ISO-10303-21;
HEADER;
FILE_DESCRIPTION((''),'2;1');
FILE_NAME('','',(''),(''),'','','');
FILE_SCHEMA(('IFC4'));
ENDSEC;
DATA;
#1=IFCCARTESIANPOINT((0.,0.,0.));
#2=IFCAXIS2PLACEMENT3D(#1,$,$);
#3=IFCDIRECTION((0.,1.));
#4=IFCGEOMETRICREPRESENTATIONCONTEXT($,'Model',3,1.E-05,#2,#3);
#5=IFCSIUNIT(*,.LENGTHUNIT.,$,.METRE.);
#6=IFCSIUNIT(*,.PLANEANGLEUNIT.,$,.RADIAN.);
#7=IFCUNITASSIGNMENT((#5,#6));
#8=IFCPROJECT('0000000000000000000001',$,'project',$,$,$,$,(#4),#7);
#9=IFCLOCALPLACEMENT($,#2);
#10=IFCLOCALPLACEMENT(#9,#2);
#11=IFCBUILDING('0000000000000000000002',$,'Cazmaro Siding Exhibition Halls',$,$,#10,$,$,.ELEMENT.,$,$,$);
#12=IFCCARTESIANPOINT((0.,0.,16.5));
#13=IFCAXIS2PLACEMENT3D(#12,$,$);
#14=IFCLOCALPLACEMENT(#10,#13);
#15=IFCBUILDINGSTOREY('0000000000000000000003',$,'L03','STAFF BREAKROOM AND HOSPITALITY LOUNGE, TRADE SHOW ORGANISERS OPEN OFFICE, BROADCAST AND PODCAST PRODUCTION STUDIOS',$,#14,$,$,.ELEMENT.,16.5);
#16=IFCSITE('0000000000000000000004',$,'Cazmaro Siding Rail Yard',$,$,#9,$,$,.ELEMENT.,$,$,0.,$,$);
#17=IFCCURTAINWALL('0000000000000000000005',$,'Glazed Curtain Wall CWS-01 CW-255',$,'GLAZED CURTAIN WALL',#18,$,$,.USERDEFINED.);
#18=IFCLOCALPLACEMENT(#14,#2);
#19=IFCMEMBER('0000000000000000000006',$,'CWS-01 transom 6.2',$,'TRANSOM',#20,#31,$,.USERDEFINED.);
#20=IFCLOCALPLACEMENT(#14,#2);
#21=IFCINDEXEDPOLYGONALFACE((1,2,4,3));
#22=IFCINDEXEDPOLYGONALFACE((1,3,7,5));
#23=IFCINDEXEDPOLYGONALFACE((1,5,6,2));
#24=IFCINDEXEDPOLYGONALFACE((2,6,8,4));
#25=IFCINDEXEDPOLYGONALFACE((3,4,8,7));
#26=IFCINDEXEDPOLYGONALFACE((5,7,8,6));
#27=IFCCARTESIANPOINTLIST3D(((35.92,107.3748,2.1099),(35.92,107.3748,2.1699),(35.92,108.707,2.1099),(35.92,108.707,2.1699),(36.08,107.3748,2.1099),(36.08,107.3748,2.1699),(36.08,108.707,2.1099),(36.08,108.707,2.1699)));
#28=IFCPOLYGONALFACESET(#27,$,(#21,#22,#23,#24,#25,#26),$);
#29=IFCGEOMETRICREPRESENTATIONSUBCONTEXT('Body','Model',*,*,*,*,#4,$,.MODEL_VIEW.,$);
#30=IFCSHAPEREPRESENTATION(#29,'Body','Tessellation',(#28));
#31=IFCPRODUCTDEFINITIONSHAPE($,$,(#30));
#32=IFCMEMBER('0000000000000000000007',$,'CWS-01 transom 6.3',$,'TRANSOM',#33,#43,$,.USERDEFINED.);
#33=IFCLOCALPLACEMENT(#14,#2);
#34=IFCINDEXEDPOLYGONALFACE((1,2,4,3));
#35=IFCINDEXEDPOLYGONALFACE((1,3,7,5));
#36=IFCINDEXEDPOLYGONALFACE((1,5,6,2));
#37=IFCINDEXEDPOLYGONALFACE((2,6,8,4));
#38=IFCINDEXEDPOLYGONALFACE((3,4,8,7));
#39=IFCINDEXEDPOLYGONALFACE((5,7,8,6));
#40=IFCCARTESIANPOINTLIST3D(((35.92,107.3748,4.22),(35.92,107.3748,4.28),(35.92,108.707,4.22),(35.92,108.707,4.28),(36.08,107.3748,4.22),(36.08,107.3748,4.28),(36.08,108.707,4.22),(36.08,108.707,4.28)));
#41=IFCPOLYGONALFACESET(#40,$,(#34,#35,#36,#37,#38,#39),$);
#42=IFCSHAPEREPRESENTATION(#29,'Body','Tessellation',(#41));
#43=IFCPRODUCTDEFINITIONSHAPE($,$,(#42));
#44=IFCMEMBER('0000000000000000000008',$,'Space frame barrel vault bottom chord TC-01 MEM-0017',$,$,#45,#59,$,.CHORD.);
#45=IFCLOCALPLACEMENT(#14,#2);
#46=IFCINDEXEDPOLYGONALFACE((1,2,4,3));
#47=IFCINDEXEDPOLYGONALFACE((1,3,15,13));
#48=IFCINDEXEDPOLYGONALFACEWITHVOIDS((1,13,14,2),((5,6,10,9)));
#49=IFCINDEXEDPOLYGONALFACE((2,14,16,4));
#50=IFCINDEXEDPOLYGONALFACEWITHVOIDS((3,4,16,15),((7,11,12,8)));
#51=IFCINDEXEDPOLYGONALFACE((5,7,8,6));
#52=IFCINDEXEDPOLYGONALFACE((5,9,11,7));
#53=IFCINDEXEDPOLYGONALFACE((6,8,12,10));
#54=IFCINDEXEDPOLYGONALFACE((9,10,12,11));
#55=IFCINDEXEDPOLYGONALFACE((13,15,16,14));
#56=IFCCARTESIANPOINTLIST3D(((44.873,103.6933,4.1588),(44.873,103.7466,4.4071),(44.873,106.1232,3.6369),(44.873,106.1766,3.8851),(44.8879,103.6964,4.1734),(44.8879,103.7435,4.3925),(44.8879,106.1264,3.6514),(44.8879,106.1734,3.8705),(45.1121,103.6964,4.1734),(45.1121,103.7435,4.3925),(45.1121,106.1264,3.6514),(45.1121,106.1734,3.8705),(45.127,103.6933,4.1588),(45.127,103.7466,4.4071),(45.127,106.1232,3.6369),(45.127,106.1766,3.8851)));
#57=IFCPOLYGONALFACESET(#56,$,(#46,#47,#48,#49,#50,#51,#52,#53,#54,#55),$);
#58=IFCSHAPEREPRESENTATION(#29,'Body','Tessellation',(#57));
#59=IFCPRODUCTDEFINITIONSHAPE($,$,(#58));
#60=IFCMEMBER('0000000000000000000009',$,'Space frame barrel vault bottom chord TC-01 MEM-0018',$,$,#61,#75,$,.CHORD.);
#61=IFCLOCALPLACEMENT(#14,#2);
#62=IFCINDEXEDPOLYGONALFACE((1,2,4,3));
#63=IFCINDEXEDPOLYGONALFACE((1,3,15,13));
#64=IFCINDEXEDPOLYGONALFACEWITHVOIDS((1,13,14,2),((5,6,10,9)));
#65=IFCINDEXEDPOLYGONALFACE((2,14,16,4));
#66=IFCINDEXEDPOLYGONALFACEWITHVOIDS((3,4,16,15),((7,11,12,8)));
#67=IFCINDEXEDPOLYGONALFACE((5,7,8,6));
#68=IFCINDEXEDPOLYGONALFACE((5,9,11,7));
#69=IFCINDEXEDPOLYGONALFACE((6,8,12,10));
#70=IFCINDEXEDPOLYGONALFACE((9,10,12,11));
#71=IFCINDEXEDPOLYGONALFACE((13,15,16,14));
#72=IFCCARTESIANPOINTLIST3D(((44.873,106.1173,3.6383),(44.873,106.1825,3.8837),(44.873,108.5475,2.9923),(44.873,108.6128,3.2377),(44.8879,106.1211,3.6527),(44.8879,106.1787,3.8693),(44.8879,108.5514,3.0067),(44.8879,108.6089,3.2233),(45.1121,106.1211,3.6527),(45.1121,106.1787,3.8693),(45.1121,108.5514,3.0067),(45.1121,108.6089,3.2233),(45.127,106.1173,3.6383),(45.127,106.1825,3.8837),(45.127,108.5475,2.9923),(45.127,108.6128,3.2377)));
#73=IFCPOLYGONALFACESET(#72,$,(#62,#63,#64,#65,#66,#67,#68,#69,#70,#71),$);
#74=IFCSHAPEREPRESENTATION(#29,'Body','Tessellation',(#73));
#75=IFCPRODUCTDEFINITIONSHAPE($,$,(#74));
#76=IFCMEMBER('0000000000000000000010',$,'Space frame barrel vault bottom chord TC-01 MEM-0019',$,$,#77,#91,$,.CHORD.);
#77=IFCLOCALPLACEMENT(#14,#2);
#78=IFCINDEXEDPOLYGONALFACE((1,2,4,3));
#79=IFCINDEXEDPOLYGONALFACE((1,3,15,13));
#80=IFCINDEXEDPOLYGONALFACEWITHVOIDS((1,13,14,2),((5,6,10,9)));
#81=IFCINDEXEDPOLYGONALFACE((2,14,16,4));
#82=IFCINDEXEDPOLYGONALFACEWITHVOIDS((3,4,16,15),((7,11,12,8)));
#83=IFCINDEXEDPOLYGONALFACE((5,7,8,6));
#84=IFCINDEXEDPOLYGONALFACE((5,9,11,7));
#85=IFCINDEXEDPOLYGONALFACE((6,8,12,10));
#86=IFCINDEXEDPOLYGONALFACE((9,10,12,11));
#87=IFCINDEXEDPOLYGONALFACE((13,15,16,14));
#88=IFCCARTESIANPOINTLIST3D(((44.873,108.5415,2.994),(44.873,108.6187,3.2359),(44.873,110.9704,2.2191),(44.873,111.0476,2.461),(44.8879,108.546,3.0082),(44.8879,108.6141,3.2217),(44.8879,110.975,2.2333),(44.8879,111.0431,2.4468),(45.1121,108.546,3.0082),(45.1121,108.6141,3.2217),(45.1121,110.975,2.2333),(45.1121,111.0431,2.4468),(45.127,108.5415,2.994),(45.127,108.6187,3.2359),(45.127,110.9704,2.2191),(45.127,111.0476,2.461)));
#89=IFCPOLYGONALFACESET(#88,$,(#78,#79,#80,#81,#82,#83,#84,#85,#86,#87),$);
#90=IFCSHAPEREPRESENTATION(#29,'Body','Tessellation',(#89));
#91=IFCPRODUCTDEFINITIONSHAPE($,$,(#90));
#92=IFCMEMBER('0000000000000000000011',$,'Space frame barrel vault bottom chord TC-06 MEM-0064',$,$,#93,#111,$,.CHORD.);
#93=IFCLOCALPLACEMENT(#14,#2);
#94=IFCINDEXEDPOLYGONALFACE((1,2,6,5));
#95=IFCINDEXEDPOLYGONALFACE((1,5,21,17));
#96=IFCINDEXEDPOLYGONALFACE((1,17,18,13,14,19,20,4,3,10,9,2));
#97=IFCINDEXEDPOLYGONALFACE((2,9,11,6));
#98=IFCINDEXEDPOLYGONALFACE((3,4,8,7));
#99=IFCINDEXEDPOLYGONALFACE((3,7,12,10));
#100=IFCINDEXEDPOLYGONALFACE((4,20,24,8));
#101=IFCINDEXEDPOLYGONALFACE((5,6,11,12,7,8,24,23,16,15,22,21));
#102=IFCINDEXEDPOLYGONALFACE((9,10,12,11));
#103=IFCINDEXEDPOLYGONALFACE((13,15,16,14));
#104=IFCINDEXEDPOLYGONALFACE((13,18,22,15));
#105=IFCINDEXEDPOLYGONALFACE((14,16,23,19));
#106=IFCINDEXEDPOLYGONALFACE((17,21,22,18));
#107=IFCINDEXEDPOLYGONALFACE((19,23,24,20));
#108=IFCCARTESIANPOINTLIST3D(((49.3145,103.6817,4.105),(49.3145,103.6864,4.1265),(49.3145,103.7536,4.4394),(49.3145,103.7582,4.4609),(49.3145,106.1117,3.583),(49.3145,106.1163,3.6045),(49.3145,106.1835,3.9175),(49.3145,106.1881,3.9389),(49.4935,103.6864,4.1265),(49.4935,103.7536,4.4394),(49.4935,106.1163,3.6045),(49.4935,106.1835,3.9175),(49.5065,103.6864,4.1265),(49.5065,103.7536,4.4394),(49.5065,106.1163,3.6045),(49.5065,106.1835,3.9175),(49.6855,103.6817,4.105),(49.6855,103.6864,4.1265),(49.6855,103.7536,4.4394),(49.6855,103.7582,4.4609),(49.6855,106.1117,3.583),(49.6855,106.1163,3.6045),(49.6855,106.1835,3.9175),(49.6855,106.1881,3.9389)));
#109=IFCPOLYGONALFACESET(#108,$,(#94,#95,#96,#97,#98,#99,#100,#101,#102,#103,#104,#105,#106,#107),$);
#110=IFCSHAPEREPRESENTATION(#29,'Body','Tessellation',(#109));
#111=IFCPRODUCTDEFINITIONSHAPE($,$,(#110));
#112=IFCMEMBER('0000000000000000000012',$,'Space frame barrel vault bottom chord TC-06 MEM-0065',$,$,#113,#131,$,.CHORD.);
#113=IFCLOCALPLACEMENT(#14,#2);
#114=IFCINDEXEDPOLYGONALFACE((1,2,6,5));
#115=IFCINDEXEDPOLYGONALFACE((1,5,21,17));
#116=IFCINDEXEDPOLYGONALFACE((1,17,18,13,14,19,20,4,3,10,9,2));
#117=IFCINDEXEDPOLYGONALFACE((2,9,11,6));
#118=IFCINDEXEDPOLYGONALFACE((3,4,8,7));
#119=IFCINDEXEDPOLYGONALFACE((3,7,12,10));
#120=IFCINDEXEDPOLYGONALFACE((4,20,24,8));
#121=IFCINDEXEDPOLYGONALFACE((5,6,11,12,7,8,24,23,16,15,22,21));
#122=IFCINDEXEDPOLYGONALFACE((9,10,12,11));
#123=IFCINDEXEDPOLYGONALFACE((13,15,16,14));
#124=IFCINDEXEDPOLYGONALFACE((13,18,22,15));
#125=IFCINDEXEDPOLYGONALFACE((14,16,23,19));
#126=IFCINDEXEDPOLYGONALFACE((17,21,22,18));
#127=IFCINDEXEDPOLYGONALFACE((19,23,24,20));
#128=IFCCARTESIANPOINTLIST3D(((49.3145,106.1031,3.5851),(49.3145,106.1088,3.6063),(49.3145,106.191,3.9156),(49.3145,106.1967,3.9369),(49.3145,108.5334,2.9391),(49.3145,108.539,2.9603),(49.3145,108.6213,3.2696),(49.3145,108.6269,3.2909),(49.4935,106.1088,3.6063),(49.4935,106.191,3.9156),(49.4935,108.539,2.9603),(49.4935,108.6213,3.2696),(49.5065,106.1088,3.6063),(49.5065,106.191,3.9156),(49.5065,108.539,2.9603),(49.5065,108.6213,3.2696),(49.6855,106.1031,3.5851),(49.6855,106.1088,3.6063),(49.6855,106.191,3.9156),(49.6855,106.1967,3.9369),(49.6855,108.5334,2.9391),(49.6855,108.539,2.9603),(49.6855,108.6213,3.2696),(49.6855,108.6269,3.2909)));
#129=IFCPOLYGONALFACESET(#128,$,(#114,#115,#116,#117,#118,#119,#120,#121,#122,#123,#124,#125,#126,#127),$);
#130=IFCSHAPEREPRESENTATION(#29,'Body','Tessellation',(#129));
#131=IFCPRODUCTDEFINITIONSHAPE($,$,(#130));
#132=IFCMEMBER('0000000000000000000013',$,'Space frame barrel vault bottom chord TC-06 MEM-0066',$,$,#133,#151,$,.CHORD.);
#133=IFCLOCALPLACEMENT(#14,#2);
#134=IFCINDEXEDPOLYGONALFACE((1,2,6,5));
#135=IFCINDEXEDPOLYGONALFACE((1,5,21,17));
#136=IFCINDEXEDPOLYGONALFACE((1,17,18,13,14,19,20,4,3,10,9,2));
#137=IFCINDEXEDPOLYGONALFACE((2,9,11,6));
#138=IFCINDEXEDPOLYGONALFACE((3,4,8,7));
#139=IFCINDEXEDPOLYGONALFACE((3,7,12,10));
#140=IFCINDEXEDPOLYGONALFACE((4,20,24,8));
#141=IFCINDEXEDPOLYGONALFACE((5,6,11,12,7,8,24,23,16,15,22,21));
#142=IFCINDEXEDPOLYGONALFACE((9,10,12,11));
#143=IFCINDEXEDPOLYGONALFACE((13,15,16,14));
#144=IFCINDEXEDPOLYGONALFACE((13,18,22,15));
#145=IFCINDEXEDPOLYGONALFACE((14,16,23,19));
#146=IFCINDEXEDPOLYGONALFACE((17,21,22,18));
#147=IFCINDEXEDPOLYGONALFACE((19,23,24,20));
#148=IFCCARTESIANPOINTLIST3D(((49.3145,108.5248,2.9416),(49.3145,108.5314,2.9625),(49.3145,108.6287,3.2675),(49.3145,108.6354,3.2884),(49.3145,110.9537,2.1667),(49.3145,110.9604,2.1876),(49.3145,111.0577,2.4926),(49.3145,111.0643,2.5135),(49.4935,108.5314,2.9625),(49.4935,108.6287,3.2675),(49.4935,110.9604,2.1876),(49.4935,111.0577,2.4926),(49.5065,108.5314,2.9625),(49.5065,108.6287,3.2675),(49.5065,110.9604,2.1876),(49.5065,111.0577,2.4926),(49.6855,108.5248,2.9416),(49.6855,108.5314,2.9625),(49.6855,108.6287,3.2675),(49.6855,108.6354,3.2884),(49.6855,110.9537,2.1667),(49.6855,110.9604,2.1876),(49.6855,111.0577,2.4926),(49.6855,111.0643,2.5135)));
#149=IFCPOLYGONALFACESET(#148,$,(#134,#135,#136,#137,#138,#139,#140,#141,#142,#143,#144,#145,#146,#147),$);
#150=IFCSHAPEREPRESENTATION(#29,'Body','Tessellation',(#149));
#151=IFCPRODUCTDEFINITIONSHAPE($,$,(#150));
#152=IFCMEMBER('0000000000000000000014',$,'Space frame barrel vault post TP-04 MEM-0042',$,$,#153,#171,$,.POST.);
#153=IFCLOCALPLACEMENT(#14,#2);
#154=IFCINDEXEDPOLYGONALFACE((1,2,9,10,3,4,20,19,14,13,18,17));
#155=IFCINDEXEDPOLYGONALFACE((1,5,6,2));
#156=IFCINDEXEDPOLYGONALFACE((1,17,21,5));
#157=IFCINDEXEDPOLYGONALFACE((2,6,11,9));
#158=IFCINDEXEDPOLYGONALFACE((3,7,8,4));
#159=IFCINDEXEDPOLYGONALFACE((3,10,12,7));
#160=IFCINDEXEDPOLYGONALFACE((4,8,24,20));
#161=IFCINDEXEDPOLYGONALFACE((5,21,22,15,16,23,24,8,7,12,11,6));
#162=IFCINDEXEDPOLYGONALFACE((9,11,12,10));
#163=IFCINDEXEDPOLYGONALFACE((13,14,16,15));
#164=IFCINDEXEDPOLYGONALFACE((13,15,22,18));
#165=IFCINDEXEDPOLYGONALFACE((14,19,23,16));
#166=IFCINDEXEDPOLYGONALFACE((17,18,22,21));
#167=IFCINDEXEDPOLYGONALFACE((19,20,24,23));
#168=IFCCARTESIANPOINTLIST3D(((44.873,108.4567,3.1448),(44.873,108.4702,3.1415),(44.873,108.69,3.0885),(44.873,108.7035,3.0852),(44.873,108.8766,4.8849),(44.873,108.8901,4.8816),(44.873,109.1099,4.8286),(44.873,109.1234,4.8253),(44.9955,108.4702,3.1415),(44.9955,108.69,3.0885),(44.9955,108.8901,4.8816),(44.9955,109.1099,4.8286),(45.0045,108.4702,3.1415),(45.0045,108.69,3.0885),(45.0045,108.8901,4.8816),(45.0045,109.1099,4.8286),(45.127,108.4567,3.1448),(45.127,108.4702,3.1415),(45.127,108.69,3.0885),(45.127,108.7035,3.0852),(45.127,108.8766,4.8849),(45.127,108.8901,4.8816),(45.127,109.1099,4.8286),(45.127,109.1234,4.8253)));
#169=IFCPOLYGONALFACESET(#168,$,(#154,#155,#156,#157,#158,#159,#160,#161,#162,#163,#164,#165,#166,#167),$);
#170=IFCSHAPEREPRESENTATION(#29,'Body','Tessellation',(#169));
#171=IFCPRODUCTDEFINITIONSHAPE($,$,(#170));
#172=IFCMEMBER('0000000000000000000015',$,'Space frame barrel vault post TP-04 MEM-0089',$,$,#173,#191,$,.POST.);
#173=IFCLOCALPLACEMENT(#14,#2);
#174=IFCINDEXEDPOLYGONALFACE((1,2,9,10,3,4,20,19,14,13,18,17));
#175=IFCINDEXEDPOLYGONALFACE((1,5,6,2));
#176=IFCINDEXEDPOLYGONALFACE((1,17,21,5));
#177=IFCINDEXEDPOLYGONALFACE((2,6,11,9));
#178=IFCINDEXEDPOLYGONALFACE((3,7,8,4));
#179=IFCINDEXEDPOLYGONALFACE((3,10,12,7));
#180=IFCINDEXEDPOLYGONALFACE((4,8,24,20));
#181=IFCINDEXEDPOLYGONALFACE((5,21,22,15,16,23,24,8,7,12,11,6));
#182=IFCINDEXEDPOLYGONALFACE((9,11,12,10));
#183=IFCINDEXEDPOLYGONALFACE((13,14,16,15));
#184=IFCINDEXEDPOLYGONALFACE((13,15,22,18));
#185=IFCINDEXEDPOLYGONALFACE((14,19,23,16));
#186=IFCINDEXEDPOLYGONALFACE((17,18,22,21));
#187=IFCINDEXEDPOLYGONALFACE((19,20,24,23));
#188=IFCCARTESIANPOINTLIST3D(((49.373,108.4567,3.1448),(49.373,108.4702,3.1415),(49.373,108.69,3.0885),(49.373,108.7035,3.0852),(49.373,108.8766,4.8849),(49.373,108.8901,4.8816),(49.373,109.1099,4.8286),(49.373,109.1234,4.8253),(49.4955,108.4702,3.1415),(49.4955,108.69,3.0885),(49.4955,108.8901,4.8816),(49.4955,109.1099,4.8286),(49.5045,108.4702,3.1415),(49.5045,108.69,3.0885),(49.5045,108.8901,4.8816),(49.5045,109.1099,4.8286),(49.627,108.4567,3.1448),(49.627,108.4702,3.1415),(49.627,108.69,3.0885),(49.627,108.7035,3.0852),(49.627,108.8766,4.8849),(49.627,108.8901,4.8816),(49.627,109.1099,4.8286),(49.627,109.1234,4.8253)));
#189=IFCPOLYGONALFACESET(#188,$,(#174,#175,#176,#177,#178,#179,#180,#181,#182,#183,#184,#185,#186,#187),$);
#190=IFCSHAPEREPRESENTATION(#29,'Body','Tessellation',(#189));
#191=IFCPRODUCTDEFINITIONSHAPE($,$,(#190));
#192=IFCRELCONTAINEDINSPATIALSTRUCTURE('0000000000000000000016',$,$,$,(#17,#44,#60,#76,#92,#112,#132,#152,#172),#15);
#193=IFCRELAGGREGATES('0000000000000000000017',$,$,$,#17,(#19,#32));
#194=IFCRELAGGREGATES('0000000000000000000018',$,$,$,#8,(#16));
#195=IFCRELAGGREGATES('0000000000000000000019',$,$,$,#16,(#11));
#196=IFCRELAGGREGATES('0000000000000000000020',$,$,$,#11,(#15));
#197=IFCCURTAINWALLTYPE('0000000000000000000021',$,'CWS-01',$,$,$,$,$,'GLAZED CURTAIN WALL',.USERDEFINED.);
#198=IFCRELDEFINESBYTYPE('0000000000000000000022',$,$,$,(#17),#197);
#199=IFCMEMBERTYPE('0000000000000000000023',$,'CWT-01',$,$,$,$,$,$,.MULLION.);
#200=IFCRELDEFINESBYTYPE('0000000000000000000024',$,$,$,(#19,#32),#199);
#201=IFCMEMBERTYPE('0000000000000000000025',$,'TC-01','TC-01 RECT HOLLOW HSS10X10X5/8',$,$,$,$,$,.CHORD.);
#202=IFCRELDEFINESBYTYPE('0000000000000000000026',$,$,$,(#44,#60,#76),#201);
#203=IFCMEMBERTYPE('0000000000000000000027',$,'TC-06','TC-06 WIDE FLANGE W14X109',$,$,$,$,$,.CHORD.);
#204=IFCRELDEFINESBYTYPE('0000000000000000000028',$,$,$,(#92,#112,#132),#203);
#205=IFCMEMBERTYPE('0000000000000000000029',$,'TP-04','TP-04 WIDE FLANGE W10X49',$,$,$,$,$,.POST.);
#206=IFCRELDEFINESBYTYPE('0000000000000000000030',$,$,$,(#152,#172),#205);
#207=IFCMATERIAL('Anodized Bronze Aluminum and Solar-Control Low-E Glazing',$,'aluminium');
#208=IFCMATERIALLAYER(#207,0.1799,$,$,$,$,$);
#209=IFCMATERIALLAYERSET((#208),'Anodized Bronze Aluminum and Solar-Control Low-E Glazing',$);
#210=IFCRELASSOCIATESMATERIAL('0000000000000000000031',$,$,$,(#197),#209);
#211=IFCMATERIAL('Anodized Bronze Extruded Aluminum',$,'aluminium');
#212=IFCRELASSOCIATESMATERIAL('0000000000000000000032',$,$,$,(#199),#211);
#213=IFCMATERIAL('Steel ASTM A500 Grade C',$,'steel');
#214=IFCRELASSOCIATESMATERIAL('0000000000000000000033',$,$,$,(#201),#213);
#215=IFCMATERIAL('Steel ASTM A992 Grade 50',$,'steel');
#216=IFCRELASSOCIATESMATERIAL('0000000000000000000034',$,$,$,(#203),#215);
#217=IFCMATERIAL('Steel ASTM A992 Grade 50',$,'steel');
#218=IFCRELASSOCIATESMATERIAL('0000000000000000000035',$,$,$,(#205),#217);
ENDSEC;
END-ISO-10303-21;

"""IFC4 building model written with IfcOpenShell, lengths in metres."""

from ifc_helpers import new_model, si_unit, direction, frame, origin, origin_2d, place, context, subcontext, project, spatial, rectangle, hollow_rectangle, i_section, extrude, material, layer, layer_set, material_profile, profile_set, type_object, element, aggregate, save


model = new_model("IFC4")

# Units and contexts
model_context = context("Model", 3, precision=1e-05, world=origin(), true_north=direction((0.0, 1.0)))
body_context = subcontext(model_context, "Body", "Model", "MODEL_VIEW")
ifc_project = project(units=[si_unit("LENGTHUNIT", "METRE"), si_unit("PLANEANGLEUNIT", "RADIAN")], contexts=[model_context])

# Site, building, storey
site_placement = place(None, origin())
site = spatial("IfcSite", under=ifc_project, at=site_placement, Name="Cazmaro Siding Rail Yard", CompositionType="ELEMENT", RefElevation=0.0)
building_placement = place(site_placement, origin())
building = spatial("IfcBuilding", under=site, at=building_placement, Name="Cazmaro Siding Exhibition Halls", CompositionType="ELEMENT")
storey_placement = place(building_placement, frame((0.0, 0.0, 16.5)))
storey = spatial("IfcBuildingStorey", under=building, at=storey_placement, Name="L03", Description="STAFF BREAKROOM AND HOSPITALITY LOUNGE, TRADE SHOW ORGANISERS OPEN OFFICE, BROADCAST AND PODCAST PRODUCTION STUDIOS", CompositionType="ELEMENT", Elevation=16.5)

# Curtain wall, members
ifc_material_1 = material(Name="Anodized Bronze Aluminum and Solar-Control Low-E Glazing", Category="aluminium")
ifc_layer_1 = layer(ifc_material_1, 0.1799)
ifc_layer_set_1 = layer_set([ifc_layer_1], Name="Anodized Bronze Aluminum and Solar-Control Low-E Glazing")
curtain_wall_type = type_object("IfcCurtainWallType", Name="CWS-01", ElementType="GLAZED CURTAIN WALL", PredefinedType="USERDEFINED", material=ifc_layer_set_1)
curtain_wall_placement = place(storey_placement, origin())
curtain_wall = element("IfcCurtainWall", 1, at=curtain_wall_placement, inside=storey, type_object=curtain_wall_type, Name="Glazed Curtain Wall CWS-01 CW-255", ObjectType="GLAZED CURTAIN WALL", PredefinedType="USERDEFINED")
ifc_material_2 = material(Name="Anodized Bronze Extruded Aluminum", Category="aluminium")
ifc_material_profile_1 = material_profile(ifc_material_2, rectangle(XDim=0.1599, YDim=0.0601, at=origin_2d()), Name="CWT-01")
ifc_profile_set_1 = profile_set([ifc_material_profile_1], Name="Anodized Bronze Extruded Aluminum")
member_type_1 = type_object("IfcMemberType", Name="CWT-01", PredefinedType="MULLION", material=ifc_profile_set_1)
member_1_placement = place(storey_placement, frame((36.0, 107.3748, 2.1399), z_axis=(0.0, 1.0, 0.0), x_axis=(-1.0, 0.0, 0.0)))
member_1 = element("IfcMember", 2, at=member_1_placement, type_object=member_type_1, Name="CWS-01 transom 6.2", ObjectType="TRANSOM", PredefinedType="USERDEFINED", context=body_context, shape_type="SweptSolid", body=[
    extrude(rectangle(XDim=0.1599, YDim=0.0601, at=origin_2d()), origin(), (0.0, 0.0, 1.0), 1.3323),
])
member_2_placement = place(storey_placement, frame((36.0, 107.3748, 4.25), z_axis=(0.0, 1.0, 0.0), x_axis=(-1.0, 0.0, 0.0)))
member_2 = element("IfcMember", 3, at=member_2_placement, type_object=member_type_1, Name="CWS-01 transom 6.3", ObjectType="TRANSOM", PredefinedType="USERDEFINED", context=body_context, shape_type="SweptSolid", body=[
    extrude(rectangle(XDim=0.1599, YDim=0.0601, at=origin_2d()), origin(), (0.0, 0.0, 1.0), 1.3323),
])

# Members
ifc_material_3 = material(Name="Steel ASTM A500 Grade C", Category="steel")
ifc_material_profile_2 = material_profile(ifc_material_3, hollow_rectangle(XDim=0.2539, YDim=0.2539, WallThickness=0.0149, at=origin_2d()), Name="HSS10X10X5/8")
ifc_profile_set_2 = profile_set([ifc_material_profile_2], Name="Steel ASTM A500 Grade C")
member_type_2 = type_object("IfcMemberType", Name="TC-01", Description="TC-01 RECT HOLLOW HSS10X10X5/8", PredefinedType="CHORD", material=ifc_profile_set_2)
member_3_placement = place(storey_placement, frame((45.0, 103.72, 4.283), z_axis=(0.0, 0.977697, -0.210019), x_axis=(-1.0, 0.0, 0.0)))
element("IfcMember", 4, at=member_3_placement, inside=storey, type_object=member_type_2, Name="Space frame barrel vault bottom chord TC-01 MEM-0017", PredefinedType="CHORD", context=body_context, shape_type="SweptSolid", body=[
    extrude(hollow_rectangle(XDim=0.2539, YDim=0.2539, WallThickness=0.0149, at=origin_2d()), origin(), (0.0, 0.0, 1.0), 2.4854),
])
member_4_placement = place(storey_placement, frame((45.0, 106.1499, 3.761), z_axis=(0.0, 0.966438, -0.256901), x_axis=(-1.0, 0.0, 0.0)))
element("IfcMember", 5, at=member_4_placement, inside=storey, type_object=member_type_2, Name="Space frame barrel vault bottom chord TC-01 MEM-0018", PredefinedType="CHORD", context=body_context, shape_type="SweptSolid", body=[
    extrude(hollow_rectangle(XDim=0.2539, YDim=0.2539, WallThickness=0.0149, at=origin_2d()), origin(), (0.0, 0.0, 1.0), 2.5146),
])
member_5_placement = place(storey_placement, frame((45.0, 108.5801, 3.115), z_axis=(0.0, 0.952693, -0.303935), x_axis=(-1.0, 0.0, 0.0)))
element("IfcMember", 6, at=member_5_placement, inside=storey, type_object=member_type_2, Name="Space frame barrel vault bottom chord TC-01 MEM-0019", PredefinedType="CHORD", context=body_context, shape_type="SweptSolid", body=[
    extrude(hollow_rectangle(XDim=0.2539, YDim=0.2539, WallThickness=0.0149, at=origin_2d()), origin(), (0.0, 0.0, 1.0), 2.5496),
])
ifc_material_4 = material(Name="Steel ASTM A992 Grade 50", Category="steel")
ifc_material_profile_3 = material_profile(ifc_material_4, i_section(OverallWidth=0.3711, OverallDepth=0.364, WebThickness=0.0129, FlangeThickness=0.022, at=origin_2d()), Name="W14X109")
ifc_profile_set_3 = profile_set([ifc_material_profile_3], Name="Steel ASTM A992 Grade 50")
member_type_3 = type_object("IfcMemberType", Name="TC-06", Description="TC-06 WIDE FLANGE W14X109", PredefinedType="CHORD", material=ifc_profile_set_3)
member_6_placement = place(storey_placement, frame((49.5, 103.72, 4.283), z_axis=(0.0, 0.977697, -0.210019), x_axis=(-1.0, 0.0, 0.0)))
element("IfcMember", 7, at=member_6_placement, inside=storey, type_object=member_type_3, Name="Space frame barrel vault bottom chord TC-06 MEM-0064", PredefinedType="CHORD", context=body_context, shape_type="SweptSolid", body=[
    extrude(i_section(OverallWidth=0.3711, OverallDepth=0.364, WebThickness=0.0129, FlangeThickness=0.022, at=origin_2d()), origin(), (0.0, 0.0, 1.0), 2.4854),
])
member_7_placement = place(storey_placement, frame((49.5, 106.1499, 3.761), z_axis=(0.0, 0.966438, -0.256901), x_axis=(-1.0, 0.0, 0.0)))
element("IfcMember", 8, at=member_7_placement, inside=storey, type_object=member_type_3, Name="Space frame barrel vault bottom chord TC-06 MEM-0065", PredefinedType="CHORD", context=body_context, shape_type="SweptSolid", body=[
    extrude(i_section(OverallWidth=0.3711, OverallDepth=0.364, WebThickness=0.0129, FlangeThickness=0.022, at=origin_2d()), origin(), (0.0, 0.0, 1.0), 2.5146),
])
member_8_placement = place(storey_placement, frame((49.5, 108.5801, 3.115), z_axis=(0.0, 0.952693, -0.303935), x_axis=(-1.0, 0.0, 0.0)))
element("IfcMember", 9, at=member_8_placement, inside=storey, type_object=member_type_3, Name="Space frame barrel vault bottom chord TC-06 MEM-0066", PredefinedType="CHORD", context=body_context, shape_type="SweptSolid", body=[
    extrude(i_section(OverallWidth=0.3711, OverallDepth=0.364, WebThickness=0.0129, FlangeThickness=0.022, at=origin_2d()), origin(), (0.0, 0.0, 1.0), 2.5496),
])
ifc_material_5 = material(Name="Steel ASTM A992 Grade 50", Category="steel")
ifc_material_profile_4 = material_profile(ifc_material_5, i_section(OverallWidth=0.2539, OverallDepth=0.2539, WebThickness=0.009, FlangeThickness=0.0139, at=origin_2d()), Name="W10X49")
ifc_profile_set_4 = profile_set([ifc_material_profile_4], Name="Steel ASTM A992 Grade 50")
member_type_4 = type_object("IfcMemberType", Name="TP-04", Description="TP-04 WIDE FLANGE W10X49", PredefinedType="POST", material=ifc_profile_set_4)
for number, where, z_axis, x_axis, name in (
    (10, (45.0, 108.5801, 3.115), (0.0, 0.234601, 0.972092), (-1.0, 0.0, 0.0), "Space frame barrel vault post TP-04 MEM-0042"),
    (11, (49.5, 108.5801, 3.115), (0.0, 0.234601, 0.972092), (-1.0, 0.0, 0.0), "Space frame barrel vault post TP-04 MEM-0089"),
):
    element("IfcMember", number, at=place(storey_placement, frame(where, z_axis=z_axis, x_axis=x_axis)), inside=storey, type_object=member_type_4, Name=name, PredefinedType="POST", context=body_context, shape_type="SweptSolid", body=[
        extrude(i_section(OverallWidth=0.2539, OverallDepth=0.2539, WebThickness=0.009, FlangeThickness=0.0139, at=origin_2d()), origin(), (0.0, 0.0, 1.0), 1.79),
    ])

aggregate(curtain_wall, [member_1, member_2])

save(model, "model.ifc")
